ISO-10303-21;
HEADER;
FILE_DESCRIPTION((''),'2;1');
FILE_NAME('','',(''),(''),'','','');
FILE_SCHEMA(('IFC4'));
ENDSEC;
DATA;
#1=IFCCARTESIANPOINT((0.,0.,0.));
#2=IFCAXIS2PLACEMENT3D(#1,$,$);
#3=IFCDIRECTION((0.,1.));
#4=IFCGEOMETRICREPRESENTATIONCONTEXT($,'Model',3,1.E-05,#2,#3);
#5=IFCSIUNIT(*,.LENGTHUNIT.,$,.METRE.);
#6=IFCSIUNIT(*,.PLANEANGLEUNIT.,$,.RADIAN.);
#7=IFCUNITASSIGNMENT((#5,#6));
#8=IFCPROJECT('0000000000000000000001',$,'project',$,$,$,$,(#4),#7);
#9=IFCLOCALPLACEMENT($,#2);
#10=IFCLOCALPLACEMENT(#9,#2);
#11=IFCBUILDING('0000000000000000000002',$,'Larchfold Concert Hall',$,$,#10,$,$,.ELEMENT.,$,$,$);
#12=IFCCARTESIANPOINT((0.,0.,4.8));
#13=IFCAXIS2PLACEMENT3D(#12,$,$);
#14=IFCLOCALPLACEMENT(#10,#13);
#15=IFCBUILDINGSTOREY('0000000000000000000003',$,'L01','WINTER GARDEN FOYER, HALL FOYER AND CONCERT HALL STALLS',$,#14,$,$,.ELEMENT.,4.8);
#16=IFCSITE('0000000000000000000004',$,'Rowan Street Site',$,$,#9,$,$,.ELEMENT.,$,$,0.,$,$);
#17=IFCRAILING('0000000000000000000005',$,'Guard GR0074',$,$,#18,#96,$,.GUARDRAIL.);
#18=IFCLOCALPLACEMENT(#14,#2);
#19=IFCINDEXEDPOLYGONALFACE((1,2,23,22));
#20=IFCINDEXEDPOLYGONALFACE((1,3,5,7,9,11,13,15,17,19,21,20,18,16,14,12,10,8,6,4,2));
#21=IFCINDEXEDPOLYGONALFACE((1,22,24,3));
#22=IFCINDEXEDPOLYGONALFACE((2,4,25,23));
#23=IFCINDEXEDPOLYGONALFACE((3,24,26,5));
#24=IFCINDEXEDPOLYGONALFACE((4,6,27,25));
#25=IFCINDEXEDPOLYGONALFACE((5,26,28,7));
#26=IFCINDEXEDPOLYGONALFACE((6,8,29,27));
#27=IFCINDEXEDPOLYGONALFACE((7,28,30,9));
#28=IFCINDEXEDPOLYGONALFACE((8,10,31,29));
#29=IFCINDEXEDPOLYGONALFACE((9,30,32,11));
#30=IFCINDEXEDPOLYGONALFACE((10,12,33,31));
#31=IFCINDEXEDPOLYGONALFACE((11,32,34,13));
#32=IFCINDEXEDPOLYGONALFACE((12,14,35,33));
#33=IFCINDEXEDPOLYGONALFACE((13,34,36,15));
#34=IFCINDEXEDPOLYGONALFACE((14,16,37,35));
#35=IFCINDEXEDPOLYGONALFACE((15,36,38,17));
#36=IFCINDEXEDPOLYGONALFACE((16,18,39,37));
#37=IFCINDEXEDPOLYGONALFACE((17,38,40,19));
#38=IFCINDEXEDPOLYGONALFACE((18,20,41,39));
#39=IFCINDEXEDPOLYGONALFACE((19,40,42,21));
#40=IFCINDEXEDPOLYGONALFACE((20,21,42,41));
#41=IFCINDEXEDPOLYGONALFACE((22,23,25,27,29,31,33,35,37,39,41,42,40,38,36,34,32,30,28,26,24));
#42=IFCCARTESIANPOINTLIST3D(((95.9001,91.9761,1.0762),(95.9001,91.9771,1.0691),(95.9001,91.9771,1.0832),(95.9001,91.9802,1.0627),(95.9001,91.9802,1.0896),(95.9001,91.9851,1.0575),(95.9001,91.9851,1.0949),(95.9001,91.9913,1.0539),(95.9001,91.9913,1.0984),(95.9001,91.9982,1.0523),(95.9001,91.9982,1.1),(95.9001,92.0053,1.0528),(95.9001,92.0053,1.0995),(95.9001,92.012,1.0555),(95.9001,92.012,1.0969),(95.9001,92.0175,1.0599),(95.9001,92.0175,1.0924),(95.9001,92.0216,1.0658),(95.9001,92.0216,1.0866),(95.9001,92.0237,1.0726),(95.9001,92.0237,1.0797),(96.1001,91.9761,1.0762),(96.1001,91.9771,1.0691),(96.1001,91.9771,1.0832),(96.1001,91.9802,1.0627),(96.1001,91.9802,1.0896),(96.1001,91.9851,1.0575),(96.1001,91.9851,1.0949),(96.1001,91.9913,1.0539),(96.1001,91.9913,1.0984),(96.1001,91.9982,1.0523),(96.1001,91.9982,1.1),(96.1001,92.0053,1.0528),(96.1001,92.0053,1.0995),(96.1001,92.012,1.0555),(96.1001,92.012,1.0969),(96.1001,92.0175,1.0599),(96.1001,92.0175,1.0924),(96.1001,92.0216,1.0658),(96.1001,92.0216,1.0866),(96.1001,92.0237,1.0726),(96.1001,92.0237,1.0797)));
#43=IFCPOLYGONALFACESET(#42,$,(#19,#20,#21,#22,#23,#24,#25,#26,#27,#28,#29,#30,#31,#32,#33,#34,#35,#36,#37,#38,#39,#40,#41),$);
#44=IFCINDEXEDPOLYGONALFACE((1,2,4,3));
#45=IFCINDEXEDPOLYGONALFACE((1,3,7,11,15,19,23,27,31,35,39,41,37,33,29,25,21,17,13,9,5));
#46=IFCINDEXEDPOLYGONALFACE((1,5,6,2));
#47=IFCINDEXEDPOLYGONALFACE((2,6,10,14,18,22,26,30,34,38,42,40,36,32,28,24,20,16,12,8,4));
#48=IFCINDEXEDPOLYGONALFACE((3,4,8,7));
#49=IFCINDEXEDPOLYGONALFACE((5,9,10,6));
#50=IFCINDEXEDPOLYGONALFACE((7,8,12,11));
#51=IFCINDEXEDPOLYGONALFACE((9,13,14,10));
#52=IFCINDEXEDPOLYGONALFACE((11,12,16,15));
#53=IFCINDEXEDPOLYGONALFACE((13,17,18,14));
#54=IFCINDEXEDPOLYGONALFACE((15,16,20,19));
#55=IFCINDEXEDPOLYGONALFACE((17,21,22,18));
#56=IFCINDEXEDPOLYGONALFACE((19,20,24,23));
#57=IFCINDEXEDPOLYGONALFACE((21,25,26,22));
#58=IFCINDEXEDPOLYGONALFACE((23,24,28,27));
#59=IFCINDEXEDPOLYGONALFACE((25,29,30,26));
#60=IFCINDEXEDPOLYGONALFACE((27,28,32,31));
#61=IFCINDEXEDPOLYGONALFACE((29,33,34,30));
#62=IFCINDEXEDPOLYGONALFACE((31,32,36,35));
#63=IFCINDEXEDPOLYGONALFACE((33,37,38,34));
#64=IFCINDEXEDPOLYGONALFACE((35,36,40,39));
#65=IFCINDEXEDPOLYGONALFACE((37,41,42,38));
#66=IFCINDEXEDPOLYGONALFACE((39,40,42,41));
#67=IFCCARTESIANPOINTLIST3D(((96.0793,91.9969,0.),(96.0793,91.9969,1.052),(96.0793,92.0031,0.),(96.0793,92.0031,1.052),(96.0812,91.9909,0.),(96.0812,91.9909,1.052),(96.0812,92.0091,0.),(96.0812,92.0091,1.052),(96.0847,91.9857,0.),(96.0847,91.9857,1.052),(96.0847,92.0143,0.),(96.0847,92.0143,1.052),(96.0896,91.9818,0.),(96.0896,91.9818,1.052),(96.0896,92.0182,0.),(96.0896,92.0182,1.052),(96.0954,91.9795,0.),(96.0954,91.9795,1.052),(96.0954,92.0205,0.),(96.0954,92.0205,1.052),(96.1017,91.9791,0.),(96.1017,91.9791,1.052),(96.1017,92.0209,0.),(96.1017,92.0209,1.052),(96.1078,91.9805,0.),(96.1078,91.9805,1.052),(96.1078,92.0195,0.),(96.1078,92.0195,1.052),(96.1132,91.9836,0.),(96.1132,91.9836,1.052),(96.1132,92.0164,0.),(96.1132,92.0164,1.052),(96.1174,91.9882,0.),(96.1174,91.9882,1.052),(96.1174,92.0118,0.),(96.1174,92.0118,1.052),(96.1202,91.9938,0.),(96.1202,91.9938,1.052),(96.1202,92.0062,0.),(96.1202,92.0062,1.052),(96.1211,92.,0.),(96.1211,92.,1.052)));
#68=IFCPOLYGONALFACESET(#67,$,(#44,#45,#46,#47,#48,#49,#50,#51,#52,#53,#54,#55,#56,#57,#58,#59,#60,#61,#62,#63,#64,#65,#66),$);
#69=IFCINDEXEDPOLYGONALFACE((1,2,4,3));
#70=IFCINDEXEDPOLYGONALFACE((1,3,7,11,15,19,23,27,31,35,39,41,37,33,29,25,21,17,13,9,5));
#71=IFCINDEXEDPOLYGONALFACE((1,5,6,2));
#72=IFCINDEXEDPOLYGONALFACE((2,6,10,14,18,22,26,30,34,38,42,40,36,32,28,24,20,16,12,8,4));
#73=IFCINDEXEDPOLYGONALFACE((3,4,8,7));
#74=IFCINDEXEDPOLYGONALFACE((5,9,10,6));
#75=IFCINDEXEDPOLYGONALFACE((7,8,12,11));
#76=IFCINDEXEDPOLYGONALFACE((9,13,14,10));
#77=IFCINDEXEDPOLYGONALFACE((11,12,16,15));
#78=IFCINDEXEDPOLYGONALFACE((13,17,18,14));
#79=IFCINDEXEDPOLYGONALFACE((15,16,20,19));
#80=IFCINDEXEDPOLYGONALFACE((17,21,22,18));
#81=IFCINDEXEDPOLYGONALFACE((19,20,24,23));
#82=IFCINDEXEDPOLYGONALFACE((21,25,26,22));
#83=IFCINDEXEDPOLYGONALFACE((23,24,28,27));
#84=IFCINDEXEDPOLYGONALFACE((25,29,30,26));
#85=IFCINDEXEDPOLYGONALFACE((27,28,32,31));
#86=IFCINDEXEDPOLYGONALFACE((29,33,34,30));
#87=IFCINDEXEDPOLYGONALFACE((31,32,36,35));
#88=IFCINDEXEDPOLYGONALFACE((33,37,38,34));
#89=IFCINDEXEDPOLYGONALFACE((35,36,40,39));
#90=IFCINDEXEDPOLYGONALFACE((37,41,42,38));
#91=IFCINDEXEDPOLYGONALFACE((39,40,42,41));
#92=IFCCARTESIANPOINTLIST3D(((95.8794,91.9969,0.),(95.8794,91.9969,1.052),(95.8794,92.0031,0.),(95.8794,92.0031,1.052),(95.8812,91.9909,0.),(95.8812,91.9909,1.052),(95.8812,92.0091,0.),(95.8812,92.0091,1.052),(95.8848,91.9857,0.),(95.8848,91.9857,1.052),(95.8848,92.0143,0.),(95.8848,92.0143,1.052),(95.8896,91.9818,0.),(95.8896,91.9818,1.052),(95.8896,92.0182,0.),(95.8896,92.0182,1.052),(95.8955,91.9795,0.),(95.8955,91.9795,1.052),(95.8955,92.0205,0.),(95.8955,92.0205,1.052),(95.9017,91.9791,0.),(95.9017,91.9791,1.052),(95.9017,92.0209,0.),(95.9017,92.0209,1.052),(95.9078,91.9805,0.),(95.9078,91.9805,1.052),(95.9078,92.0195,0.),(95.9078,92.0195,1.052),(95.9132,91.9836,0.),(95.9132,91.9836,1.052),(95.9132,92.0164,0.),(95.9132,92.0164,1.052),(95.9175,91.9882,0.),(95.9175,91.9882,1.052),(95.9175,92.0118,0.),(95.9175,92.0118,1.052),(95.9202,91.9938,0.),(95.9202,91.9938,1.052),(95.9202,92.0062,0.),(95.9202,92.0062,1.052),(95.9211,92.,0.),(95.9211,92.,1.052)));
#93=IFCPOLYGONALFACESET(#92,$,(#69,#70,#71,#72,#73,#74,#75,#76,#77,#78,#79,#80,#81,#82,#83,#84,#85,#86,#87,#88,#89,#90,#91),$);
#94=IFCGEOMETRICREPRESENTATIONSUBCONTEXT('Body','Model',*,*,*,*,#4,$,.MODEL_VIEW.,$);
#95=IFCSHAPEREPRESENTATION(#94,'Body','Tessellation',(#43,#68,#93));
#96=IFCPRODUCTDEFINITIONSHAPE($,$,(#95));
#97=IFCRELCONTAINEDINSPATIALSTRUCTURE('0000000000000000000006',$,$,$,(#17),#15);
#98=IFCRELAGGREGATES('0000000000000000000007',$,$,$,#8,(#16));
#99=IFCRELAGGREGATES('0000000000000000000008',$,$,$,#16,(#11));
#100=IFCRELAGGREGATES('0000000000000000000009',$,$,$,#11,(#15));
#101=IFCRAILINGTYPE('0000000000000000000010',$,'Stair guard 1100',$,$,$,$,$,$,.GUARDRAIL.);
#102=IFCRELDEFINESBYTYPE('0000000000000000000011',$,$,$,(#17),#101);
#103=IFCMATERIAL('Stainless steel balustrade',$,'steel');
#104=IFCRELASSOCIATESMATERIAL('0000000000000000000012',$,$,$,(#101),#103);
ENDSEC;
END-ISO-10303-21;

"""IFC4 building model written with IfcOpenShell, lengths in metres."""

from ifc_helpers import new_model, si_unit, direction, frame, origin, origin_2d, place, context, subcontext, project, spatial, circle, extrude, material, type_object, element, save


model = new_model("IFC4")

# Units and contexts
model_context = context("Model", 3, precision=1e-05, world=origin(), true_north=direction((0.0, 1.0)))
body_context = subcontext(model_context, "Body", "Model", "MODEL_VIEW")
ifc_project = project(units=[si_unit("LENGTHUNIT", "METRE"), si_unit("PLANEANGLEUNIT", "RADIAN")], contexts=[model_context])

# Site, building, storey
site_placement = place(None, origin())
site = spatial("IfcSite", under=ifc_project, at=site_placement, Name="Rowan Street Site", CompositionType="ELEMENT", RefElevation=0.0)
building_placement = place(site_placement, origin())
building = spatial("IfcBuilding", under=site, at=building_placement, Name="Larchfold Concert Hall", CompositionType="ELEMENT")
storey_placement = place(building_placement, frame((0.0, 0.0, 4.8)))
storey = spatial("IfcBuildingStorey", under=building, at=storey_placement, Name="L01", Description="WINTER GARDEN FOYER, HALL FOYER AND CONCERT HALL STALLS", CompositionType="ELEMENT", Elevation=4.8)

# Railing
ifc_material_1 = material(Name="Stainless steel balustrade", Category="steel")
railing_type_1 = type_object("IfcRailingType", Name="Stair guard 1100", PredefinedType="GUARDRAIL", material=ifc_material_1)
railing_1_placement = place(storey_placement, frame((96.1001, 92.0, 0.0)))
element("IfcRailing", 1, at=railing_1_placement, inside=storey, type_object=railing_type_1, Name="Guard GR0074", PredefinedType="GUARDRAIL", context=body_context, shape_type="SweptSolid", body=[
    extrude(circle(Radius=0.0239, at=origin_2d()), frame((0.0, 0.0, 1.0762), z_axis=(-1.0, 0.0, 0.0), x_axis=(0.0, -1.0, 0.0)), (0.0, 0.0, 1.0), 0.2),
    extrude(circle(Radius=0.021, at=origin_2d()), origin(), (0.0, 0.0, 1.0), 1.052),
    extrude(circle(Radius=0.021, at=origin_2d()), frame((-0.2, 0.0, 0.0)), (0.0, 0.0, 1.0), 1.052),
])

save(model, "model.ifc")
